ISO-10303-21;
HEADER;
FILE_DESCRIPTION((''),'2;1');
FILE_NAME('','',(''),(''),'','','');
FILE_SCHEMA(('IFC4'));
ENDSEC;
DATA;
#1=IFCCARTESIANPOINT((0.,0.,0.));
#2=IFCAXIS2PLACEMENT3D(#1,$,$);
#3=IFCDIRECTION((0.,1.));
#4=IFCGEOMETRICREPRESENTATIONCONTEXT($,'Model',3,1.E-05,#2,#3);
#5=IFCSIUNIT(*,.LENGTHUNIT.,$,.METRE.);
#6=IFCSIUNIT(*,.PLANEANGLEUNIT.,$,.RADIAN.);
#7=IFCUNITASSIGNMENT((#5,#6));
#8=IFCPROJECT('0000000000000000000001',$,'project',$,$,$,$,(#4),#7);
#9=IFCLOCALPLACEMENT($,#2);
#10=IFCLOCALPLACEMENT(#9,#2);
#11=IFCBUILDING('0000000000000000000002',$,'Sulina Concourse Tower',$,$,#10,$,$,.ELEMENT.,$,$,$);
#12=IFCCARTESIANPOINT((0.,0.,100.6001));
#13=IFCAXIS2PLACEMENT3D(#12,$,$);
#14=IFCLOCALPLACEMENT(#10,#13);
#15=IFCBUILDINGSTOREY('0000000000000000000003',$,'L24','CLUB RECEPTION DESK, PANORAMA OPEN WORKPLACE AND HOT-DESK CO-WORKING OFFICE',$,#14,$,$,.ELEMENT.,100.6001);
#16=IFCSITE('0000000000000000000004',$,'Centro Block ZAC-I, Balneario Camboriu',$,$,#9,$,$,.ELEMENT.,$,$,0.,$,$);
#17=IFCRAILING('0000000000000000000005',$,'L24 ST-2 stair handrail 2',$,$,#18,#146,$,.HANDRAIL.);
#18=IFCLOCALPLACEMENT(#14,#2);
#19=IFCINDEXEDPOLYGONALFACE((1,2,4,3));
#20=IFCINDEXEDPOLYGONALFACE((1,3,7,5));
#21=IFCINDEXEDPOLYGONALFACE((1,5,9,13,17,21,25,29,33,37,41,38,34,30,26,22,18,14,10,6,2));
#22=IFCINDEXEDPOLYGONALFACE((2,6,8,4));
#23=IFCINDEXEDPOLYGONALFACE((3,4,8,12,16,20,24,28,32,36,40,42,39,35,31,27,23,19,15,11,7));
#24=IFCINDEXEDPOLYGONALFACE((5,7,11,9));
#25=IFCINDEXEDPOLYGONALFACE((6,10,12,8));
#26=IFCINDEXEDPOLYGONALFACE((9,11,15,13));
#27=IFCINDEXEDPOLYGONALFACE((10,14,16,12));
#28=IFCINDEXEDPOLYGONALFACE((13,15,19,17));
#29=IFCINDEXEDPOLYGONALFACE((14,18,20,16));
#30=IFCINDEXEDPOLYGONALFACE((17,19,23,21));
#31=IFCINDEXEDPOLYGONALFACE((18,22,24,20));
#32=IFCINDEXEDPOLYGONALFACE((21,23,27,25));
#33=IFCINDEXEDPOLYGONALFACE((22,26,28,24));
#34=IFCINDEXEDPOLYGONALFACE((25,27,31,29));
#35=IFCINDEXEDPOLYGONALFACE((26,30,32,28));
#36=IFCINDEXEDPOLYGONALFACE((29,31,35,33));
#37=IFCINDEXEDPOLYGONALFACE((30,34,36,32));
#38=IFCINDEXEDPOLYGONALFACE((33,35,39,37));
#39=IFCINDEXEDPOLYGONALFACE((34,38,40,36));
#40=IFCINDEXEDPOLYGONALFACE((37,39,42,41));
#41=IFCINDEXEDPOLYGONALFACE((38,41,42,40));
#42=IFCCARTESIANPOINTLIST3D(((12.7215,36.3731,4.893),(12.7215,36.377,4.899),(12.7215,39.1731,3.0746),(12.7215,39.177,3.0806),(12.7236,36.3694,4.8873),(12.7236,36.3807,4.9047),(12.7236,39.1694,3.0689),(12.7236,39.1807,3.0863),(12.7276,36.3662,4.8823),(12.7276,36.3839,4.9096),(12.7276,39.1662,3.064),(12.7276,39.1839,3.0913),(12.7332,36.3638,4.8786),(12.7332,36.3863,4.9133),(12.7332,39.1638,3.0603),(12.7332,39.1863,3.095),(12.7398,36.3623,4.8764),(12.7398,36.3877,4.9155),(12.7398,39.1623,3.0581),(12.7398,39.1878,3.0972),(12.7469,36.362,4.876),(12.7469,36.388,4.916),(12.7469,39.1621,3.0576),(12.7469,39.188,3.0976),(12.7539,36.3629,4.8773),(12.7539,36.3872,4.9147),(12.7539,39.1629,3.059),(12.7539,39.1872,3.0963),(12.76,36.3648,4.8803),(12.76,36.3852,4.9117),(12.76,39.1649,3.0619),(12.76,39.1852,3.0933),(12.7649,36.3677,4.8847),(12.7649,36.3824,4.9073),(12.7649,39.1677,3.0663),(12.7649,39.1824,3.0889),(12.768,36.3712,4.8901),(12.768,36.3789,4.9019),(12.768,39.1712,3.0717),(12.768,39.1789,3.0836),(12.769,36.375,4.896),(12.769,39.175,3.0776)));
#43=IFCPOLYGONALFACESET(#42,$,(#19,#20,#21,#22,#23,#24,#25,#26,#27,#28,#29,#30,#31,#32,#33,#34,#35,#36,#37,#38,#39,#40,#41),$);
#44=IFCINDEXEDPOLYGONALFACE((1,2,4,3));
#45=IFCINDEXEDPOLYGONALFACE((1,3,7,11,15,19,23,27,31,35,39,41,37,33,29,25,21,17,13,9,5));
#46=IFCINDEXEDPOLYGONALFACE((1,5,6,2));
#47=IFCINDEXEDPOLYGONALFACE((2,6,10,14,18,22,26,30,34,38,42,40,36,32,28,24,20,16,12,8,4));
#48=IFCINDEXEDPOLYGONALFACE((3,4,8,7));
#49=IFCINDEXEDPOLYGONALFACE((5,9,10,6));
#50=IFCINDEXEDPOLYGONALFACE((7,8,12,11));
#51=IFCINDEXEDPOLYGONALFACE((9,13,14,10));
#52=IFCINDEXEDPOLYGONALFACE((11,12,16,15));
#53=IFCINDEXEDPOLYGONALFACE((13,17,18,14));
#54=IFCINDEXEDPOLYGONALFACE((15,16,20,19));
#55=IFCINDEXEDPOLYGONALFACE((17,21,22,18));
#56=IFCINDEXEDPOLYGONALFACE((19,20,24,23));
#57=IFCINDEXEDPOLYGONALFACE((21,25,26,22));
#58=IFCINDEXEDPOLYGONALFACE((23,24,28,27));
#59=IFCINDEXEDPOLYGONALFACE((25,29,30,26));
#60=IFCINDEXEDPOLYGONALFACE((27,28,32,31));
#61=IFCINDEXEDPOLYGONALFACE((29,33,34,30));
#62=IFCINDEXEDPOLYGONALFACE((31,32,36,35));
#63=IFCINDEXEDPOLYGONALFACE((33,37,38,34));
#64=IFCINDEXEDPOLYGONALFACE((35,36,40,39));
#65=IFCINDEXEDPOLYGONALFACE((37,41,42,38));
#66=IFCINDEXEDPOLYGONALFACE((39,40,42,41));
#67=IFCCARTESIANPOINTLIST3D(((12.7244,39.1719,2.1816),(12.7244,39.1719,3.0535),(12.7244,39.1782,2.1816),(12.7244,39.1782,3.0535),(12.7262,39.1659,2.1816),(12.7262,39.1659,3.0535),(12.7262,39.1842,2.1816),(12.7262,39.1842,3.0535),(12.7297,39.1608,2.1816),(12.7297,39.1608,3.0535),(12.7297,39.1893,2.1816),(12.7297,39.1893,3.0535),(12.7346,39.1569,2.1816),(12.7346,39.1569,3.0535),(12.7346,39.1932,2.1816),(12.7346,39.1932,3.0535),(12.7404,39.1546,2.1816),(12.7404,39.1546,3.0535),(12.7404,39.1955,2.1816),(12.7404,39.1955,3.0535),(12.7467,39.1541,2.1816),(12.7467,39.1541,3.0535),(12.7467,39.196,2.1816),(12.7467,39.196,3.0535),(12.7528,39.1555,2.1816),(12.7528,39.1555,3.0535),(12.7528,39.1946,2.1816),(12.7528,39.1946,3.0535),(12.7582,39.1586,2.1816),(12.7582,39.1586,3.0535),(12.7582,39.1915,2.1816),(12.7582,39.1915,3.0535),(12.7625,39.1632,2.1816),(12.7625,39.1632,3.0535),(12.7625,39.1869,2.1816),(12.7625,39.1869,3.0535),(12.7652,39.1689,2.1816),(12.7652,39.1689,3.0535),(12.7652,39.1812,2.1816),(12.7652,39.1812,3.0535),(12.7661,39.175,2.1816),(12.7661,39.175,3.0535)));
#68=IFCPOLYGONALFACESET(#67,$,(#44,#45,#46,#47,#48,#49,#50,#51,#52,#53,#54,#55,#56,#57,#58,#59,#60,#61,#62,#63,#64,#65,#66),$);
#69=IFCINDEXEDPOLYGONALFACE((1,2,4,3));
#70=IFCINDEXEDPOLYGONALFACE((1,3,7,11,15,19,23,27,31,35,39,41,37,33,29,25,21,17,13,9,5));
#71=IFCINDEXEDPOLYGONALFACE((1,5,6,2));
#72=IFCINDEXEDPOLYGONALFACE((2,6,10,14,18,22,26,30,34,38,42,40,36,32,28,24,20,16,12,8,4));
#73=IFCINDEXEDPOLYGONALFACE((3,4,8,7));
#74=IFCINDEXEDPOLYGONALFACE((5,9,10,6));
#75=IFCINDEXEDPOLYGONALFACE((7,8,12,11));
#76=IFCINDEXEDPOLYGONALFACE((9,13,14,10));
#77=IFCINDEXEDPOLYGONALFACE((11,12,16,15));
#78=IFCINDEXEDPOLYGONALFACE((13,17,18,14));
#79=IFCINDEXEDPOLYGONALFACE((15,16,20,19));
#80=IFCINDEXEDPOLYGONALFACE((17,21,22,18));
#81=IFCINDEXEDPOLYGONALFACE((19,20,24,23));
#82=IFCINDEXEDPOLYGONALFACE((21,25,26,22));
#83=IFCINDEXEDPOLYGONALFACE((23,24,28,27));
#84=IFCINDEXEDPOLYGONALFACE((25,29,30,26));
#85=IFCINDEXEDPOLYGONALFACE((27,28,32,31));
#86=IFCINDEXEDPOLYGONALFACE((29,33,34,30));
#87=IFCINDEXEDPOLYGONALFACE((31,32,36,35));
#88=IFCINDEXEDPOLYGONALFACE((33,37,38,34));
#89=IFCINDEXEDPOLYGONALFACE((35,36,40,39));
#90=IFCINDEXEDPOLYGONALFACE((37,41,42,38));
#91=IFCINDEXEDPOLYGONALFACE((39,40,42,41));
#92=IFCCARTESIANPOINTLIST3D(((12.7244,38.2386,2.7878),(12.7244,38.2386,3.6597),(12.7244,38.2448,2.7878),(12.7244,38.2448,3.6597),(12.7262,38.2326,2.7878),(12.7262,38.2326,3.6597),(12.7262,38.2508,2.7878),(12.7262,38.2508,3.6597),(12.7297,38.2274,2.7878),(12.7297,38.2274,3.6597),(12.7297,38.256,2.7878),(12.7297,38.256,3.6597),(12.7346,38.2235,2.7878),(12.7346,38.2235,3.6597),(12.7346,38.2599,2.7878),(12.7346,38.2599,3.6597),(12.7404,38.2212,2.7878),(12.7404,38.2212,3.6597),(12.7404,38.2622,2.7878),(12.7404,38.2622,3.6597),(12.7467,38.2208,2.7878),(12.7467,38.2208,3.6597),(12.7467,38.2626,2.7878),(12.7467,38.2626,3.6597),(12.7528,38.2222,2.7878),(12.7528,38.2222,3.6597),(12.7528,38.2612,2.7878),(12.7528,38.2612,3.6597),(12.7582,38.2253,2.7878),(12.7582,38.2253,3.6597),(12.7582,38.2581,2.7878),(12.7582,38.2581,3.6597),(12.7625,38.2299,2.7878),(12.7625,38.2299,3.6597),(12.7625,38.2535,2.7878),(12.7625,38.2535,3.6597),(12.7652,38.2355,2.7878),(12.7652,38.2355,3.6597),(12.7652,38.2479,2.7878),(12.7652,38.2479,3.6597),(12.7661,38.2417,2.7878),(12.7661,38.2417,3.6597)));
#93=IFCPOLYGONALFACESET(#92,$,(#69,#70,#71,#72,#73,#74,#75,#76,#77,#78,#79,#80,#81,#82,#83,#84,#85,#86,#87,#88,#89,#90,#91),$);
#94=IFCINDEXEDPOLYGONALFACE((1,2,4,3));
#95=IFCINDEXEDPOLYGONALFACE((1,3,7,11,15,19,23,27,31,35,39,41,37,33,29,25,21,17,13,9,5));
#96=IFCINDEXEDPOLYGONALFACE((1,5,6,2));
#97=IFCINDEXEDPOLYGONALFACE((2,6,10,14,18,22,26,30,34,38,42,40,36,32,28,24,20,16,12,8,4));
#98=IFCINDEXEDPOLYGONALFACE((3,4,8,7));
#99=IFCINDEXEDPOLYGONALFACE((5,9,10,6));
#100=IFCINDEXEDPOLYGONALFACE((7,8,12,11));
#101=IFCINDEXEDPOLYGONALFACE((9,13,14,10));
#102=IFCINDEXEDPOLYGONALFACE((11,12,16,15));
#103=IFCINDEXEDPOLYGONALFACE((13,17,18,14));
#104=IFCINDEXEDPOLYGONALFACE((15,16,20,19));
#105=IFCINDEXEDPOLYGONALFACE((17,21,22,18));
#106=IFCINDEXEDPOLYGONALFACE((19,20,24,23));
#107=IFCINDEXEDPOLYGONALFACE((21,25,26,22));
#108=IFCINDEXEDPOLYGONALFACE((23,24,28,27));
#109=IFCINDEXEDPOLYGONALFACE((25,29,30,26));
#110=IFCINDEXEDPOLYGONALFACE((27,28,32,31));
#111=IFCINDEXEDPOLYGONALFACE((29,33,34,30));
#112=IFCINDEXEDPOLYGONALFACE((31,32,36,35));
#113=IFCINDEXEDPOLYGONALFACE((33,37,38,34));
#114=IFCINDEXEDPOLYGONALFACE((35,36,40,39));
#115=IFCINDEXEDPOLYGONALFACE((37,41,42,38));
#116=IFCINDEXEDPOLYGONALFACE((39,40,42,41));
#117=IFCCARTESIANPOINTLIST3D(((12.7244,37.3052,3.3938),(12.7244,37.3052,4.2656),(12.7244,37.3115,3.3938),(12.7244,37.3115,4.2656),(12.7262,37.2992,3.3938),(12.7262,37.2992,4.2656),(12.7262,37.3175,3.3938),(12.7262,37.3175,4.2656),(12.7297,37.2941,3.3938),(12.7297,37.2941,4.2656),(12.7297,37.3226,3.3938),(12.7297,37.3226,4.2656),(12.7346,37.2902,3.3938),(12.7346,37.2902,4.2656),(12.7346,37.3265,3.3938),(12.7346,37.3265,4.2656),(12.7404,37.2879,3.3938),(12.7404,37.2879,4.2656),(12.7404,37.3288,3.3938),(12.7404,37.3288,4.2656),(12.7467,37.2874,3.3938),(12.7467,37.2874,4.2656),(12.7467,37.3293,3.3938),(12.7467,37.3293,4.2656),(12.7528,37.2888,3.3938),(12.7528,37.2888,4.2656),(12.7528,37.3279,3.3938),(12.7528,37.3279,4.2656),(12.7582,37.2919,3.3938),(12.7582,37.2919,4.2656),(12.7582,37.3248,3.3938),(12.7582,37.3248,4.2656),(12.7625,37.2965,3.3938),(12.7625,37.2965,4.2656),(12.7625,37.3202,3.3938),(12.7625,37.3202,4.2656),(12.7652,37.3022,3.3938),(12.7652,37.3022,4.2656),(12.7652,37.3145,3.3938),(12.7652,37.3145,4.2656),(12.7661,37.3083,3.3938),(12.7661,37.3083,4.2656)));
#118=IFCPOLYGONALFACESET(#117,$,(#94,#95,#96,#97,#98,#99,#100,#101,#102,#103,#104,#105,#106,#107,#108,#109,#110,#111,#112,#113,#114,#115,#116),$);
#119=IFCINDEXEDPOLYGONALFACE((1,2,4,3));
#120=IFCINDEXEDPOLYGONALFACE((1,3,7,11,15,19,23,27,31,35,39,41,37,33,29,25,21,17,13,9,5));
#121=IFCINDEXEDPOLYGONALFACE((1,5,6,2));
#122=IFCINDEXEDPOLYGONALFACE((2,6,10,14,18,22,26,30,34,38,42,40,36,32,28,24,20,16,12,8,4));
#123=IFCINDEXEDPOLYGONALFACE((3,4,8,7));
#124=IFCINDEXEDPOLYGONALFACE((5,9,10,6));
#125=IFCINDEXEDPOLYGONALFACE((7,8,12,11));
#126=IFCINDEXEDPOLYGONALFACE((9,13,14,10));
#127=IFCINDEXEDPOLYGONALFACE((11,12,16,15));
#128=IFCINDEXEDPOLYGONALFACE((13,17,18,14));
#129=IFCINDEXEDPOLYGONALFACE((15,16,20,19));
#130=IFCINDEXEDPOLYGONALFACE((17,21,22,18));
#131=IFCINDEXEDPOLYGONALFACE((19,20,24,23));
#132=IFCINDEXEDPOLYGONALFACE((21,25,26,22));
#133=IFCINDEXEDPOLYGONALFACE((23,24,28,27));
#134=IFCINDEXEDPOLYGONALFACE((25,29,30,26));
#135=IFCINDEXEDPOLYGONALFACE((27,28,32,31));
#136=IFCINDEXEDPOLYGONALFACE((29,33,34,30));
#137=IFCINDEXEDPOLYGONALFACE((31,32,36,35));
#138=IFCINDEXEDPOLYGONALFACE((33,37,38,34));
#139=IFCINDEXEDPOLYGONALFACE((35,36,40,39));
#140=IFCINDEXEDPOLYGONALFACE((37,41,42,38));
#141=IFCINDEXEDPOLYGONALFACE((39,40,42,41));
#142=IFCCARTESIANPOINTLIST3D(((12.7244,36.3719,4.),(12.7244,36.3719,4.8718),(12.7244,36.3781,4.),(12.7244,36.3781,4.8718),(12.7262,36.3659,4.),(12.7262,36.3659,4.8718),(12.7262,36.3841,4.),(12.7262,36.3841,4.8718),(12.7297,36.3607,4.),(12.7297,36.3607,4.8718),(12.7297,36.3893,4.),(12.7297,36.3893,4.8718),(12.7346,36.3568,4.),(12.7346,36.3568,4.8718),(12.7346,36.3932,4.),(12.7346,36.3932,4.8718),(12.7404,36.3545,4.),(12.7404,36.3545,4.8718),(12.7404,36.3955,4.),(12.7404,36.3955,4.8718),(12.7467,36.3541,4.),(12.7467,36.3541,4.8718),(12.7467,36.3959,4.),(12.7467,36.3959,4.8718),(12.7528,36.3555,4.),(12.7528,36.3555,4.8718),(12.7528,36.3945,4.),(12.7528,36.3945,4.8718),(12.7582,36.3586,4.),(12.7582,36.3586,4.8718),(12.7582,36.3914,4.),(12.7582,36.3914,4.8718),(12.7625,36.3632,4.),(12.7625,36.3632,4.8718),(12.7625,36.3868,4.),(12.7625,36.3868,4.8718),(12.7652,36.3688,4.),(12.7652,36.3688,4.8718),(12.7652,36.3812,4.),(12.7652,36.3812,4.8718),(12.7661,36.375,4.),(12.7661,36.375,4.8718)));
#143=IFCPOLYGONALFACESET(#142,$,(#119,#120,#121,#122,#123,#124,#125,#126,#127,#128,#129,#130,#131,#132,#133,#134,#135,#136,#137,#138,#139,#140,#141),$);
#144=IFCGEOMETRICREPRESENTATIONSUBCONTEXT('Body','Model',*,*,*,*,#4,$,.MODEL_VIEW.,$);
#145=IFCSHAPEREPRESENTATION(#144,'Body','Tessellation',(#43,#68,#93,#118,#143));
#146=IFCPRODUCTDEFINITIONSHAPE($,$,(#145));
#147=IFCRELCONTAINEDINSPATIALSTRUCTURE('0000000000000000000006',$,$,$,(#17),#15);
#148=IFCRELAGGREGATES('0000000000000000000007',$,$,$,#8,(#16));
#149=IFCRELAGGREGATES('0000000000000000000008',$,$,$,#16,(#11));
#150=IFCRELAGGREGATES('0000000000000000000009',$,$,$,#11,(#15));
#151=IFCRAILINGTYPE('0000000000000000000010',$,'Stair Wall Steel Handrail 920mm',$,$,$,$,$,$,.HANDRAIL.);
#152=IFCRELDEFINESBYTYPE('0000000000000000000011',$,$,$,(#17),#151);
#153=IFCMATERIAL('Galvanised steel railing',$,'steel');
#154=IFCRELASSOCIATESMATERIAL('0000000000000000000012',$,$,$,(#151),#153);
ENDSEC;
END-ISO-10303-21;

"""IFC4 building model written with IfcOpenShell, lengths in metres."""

from ifc_helpers import new_model, si_unit, direction, frame, origin, origin_2d, place, context, subcontext, project, spatial, circle, extrude, material, type_object, element, save


model = new_model("IFC4")

# Units and contexts
model_context = context("Model", 3, precision=1e-05, world=origin(), true_north=direction((0.0, 1.0)))
body_context = subcontext(model_context, "Body", "Model", "MODEL_VIEW")
ifc_project = project(units=[si_unit("LENGTHUNIT", "METRE"), si_unit("PLANEANGLEUNIT", "RADIAN")], contexts=[model_context])

# Site, building, storey
site_placement = place(None, origin())
site = spatial("IfcSite", under=ifc_project, at=site_placement, Name="Centro Block ZAC-I, Balneario Camboriu", CompositionType="ELEMENT", RefElevation=0.0)
building_placement = place(site_placement, origin())
building = spatial("IfcBuilding", under=site, at=building_placement, Name="Sulina Concourse Tower", CompositionType="ELEMENT")
storey_placement = place(building_placement, frame((0.0, 0.0, 100.6001)))
storey = spatial("IfcBuildingStorey", under=building, at=storey_placement, Name="L24", Description="CLUB RECEPTION DESK, PANORAMA OPEN WORKPLACE AND HOT-DESK CO-WORKING OFFICE", CompositionType="ELEMENT", Elevation=100.6001)

# Railing
ifc_material_1 = material(Name="Galvanised steel railing", Category="steel")
railing_type_1 = type_object("IfcRailingType", Name="Stair Wall Steel Handrail 920mm", PredefinedType="HANDRAIL", material=ifc_material_1)
railing_1_placement = place(storey_placement, frame((12.7451, 39.175, 2.1816)))
element("IfcRailing", 1, at=railing_1_placement, inside=storey, type_object=railing_type_1, Name="L24 ST-2 stair handrail 2", PredefinedType="HANDRAIL", context=body_context, shape_type="SweptSolid", body=[
    extrude(circle(Radius=0.0239, at=origin_2d()), frame((0.0, 0.0, 0.896), z_axis=(0.0, -0.838672, 0.544636), x_axis=(1.0, 0.0, 0.0)), (0.0, 0.0, 1.0), 3.3386),
    extrude(circle(Radius=0.021, at=origin_2d()), origin(), (0.0, 0.0, 1.0), 0.8718),
    extrude(circle(Radius=0.021, at=origin_2d()), frame((0.0, -0.9333, 0.6062)), (0.0, 0.0, 1.0), 0.8718),
    extrude(circle(Radius=0.021, at=origin_2d()), frame((0.0, -1.8667, 1.2122)), (0.0, 0.0, 1.0), 0.8718),
    extrude(circle(Radius=0.021, at=origin_2d()), frame((0.0, -2.8, 1.8184)), (0.0, 0.0, 1.0), 0.8718),
])

save(model, "model.ifc")
